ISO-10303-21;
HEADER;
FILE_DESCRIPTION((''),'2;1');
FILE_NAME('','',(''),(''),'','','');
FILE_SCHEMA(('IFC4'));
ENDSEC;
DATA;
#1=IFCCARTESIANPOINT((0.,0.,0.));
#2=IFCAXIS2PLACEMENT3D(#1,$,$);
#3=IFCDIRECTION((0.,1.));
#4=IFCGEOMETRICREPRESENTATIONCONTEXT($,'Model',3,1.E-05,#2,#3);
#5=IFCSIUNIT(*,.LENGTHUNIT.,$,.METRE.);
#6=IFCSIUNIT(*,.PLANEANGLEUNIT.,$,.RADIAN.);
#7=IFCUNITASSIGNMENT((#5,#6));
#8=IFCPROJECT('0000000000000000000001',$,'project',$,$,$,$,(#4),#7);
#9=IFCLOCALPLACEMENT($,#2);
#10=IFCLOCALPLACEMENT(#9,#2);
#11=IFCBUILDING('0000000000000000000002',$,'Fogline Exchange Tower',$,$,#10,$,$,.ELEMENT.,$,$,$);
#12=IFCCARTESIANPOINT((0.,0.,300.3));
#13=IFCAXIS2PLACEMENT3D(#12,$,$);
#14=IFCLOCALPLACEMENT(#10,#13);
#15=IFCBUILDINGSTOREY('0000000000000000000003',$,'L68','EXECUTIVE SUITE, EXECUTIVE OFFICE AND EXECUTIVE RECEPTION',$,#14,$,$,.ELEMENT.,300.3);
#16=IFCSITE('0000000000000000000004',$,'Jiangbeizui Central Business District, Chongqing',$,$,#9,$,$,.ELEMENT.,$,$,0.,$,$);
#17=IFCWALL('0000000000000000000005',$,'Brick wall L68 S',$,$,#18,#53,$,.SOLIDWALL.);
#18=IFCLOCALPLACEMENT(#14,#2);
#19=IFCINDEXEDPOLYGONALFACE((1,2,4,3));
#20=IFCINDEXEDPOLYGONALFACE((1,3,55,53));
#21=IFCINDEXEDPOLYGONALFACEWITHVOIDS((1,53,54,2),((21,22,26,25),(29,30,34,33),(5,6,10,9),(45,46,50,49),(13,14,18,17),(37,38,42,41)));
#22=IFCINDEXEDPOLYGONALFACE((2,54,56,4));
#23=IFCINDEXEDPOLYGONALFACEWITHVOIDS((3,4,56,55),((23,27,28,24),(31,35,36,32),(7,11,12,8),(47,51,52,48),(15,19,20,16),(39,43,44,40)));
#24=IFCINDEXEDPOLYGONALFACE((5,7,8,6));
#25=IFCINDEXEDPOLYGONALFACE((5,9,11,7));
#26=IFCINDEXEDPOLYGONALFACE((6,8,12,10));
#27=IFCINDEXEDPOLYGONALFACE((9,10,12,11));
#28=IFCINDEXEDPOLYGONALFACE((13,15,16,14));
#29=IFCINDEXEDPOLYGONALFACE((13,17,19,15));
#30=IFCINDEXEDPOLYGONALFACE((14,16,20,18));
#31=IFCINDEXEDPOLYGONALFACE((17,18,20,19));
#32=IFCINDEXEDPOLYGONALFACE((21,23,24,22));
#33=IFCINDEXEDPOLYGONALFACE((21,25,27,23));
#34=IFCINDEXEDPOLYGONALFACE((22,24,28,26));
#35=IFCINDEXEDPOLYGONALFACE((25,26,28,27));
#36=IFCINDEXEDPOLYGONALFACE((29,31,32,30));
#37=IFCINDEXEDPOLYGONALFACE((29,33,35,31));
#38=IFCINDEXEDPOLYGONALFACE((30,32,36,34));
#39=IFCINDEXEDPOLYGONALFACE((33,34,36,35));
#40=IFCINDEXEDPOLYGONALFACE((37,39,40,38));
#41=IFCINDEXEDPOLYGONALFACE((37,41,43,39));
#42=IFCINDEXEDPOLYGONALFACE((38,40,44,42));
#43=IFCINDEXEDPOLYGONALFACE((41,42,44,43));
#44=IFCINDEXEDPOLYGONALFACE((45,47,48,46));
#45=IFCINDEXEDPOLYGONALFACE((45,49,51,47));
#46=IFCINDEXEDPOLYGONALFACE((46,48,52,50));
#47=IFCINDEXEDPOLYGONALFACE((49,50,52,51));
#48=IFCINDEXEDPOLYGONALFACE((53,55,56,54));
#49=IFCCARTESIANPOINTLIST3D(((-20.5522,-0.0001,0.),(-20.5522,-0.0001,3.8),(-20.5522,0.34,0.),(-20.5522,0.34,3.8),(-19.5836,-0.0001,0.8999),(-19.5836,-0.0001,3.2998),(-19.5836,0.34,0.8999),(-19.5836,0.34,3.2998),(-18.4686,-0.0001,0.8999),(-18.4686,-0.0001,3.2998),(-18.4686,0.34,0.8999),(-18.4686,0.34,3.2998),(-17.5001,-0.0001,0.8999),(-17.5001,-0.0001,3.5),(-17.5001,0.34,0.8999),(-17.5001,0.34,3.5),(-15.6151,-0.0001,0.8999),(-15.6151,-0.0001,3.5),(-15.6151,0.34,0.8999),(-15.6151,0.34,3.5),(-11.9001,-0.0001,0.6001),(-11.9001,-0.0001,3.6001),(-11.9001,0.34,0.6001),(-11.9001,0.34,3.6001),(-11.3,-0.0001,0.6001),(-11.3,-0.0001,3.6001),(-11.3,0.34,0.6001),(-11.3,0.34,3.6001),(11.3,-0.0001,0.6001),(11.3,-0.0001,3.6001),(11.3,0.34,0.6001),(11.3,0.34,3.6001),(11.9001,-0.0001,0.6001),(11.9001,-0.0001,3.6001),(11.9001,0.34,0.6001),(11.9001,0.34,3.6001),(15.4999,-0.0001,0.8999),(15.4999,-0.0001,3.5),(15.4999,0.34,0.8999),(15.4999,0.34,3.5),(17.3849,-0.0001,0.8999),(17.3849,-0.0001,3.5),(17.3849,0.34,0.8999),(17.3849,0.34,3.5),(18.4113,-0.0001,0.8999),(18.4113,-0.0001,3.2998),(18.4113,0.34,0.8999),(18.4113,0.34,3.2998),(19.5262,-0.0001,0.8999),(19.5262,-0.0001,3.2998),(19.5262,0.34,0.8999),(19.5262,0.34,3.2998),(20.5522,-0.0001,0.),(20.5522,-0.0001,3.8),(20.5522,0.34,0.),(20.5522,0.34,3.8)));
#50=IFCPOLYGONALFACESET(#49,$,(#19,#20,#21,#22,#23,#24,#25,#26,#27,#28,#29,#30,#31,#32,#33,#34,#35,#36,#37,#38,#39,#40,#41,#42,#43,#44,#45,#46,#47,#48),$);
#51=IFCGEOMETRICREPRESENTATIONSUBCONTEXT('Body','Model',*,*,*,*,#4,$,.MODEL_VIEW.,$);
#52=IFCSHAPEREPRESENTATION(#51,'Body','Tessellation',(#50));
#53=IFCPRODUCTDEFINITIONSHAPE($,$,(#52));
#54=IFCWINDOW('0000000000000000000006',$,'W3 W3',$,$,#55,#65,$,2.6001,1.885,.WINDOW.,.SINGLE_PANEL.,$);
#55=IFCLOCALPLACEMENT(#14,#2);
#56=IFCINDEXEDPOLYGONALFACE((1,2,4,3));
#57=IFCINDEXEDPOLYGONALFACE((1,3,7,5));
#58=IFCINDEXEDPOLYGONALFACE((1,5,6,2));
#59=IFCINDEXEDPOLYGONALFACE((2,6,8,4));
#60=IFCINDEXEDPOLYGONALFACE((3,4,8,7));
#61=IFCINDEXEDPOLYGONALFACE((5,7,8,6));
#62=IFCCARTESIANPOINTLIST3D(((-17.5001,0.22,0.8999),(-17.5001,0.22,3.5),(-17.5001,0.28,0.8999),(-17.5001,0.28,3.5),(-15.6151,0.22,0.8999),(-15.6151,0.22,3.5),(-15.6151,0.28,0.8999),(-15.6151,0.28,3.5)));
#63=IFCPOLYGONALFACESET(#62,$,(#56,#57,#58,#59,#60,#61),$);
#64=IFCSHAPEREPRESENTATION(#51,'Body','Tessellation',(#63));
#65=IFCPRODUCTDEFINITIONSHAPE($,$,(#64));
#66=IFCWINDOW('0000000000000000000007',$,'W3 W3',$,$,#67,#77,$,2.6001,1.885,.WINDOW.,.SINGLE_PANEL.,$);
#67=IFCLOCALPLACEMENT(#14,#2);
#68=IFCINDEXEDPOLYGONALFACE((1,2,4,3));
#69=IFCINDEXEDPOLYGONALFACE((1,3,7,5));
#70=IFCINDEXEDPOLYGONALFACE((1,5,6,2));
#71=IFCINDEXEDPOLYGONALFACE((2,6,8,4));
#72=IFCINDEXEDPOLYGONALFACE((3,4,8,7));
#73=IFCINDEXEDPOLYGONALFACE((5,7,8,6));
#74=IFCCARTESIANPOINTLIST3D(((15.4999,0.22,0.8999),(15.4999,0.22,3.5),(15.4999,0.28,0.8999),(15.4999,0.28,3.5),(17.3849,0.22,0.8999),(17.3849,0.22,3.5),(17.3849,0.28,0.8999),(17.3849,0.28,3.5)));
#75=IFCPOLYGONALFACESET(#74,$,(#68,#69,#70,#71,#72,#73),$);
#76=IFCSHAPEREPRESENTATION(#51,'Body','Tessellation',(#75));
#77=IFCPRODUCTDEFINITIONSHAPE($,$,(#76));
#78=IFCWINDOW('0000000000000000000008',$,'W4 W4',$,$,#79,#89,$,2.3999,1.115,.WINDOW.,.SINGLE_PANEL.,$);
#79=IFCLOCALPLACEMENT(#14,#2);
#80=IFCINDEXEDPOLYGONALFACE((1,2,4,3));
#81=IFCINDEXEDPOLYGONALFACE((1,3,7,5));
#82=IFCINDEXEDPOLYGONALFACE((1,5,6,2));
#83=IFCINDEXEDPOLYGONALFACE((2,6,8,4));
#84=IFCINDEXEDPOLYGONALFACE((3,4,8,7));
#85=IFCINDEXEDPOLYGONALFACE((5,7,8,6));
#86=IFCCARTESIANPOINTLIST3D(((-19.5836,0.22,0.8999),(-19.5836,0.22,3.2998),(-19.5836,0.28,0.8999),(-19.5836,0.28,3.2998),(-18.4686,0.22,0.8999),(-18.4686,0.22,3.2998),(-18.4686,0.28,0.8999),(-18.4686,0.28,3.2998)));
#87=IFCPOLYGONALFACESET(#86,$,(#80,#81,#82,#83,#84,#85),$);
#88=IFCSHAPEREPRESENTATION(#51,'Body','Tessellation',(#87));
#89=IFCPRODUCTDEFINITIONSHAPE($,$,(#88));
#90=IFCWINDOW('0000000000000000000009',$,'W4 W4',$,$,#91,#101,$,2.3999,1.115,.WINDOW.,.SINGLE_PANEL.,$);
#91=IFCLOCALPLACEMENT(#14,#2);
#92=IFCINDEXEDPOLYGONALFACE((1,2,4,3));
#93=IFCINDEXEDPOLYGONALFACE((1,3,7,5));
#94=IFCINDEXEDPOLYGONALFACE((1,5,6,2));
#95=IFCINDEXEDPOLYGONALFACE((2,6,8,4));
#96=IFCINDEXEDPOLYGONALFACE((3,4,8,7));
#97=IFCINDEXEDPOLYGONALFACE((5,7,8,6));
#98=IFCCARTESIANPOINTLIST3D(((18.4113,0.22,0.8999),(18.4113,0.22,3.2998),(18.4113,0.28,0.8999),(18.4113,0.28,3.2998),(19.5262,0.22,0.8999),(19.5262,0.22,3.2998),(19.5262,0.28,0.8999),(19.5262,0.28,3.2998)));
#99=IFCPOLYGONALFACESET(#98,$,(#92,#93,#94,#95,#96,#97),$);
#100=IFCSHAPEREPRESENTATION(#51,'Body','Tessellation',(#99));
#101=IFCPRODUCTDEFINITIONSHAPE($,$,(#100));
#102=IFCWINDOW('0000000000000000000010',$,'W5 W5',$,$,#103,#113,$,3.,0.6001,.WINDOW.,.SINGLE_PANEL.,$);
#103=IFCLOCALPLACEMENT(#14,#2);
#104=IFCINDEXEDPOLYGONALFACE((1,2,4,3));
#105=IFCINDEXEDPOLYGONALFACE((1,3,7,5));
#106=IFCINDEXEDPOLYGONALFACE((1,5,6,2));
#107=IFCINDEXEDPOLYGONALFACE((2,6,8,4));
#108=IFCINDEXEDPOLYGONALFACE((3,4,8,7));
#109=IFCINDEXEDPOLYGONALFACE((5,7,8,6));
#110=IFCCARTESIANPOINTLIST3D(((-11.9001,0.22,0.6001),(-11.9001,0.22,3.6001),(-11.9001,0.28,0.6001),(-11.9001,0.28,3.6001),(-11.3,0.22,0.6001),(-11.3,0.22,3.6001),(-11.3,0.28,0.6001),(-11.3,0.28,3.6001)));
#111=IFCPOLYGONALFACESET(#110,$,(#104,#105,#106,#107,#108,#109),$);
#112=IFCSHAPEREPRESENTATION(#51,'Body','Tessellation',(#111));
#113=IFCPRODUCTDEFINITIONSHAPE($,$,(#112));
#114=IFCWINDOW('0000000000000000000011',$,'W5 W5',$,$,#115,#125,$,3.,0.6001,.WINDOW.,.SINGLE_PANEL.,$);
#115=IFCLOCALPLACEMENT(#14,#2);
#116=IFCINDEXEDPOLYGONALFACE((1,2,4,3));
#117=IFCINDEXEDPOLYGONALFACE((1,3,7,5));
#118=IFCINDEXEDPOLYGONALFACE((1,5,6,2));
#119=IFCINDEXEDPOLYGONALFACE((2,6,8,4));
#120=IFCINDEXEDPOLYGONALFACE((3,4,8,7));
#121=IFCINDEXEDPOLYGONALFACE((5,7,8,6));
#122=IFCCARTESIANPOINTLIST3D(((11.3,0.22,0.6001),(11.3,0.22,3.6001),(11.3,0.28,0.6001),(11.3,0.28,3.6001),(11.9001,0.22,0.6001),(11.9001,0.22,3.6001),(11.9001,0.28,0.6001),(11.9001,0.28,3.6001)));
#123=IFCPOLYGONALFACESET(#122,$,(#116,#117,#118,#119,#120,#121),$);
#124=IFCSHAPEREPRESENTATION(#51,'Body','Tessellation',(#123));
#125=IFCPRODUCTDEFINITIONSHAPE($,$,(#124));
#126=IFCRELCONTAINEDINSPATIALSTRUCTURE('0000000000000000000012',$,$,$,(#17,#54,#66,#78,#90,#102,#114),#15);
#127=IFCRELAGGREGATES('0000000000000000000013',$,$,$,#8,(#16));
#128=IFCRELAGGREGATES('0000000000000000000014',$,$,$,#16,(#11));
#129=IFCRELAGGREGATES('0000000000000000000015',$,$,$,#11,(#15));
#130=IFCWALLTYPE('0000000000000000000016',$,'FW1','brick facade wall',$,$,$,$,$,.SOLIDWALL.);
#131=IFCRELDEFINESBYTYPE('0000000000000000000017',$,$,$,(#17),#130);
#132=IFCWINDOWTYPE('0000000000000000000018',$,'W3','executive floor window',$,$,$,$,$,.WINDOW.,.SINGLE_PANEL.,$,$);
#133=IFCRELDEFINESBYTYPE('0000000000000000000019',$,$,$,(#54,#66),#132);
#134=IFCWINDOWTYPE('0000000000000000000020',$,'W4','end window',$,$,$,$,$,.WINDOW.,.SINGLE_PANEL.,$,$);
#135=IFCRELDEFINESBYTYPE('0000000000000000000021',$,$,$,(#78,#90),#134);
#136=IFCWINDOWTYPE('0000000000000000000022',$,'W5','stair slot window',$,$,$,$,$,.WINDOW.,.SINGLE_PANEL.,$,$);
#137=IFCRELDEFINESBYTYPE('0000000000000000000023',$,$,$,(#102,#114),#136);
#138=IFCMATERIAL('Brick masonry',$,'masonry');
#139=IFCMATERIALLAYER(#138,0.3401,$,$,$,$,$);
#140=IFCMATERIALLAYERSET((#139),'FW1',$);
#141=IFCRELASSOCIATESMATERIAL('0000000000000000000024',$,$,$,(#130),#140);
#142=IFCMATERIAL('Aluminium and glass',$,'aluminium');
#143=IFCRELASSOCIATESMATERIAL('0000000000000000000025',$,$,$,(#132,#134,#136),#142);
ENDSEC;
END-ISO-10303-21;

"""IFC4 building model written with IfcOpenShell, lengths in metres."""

from ifc_helpers import new_model, si_unit, direction, frame, frame_2d, origin, place, context, subcontext, project, spatial, rectangle, extrude, material, layer, layer_set, type_object, element, fill, save


model = new_model("IFC4")

# Units and contexts
model_context = context("Model", 3, precision=1e-05, world=origin(), true_north=direction((0.0, 1.0)))
body_context = subcontext(model_context, "Body", "Model", "MODEL_VIEW")
ifc_project = project(units=[si_unit("LENGTHUNIT", "METRE"), si_unit("PLANEANGLEUNIT", "RADIAN")], contexts=[model_context])

# Site, building, storey
site_placement = place(None, origin())
site = spatial("IfcSite", under=ifc_project, at=site_placement, Name="Jiangbeizui Central Business District, Chongqing", CompositionType="ELEMENT", RefElevation=0.0)
building_placement = place(site_placement, origin())
building = spatial("IfcBuilding", under=site, at=building_placement, Name="Fogline Exchange Tower", CompositionType="ELEMENT")
storey_placement = place(building_placement, frame((0.0, 0.0, 300.3)))
storey = spatial("IfcBuildingStorey", under=building, at=storey_placement, Name="L68", Description="EXECUTIVE SUITE, EXECUTIVE OFFICE AND EXECUTIVE RECEPTION", CompositionType="ELEMENT", Elevation=300.3)

# Shared definitions
ifc_material_1 = material(Name="Brick masonry", Category="masonry")
ifc_layer = layer(ifc_material_1, 0.3401)
ifc_layer_set = layer_set([ifc_layer], Name="FW1")
wall_type = type_object("IfcWallType", Name="FW1", Description="brick facade wall", PredefinedType="SOLIDWALL", material=ifc_layer_set)
ifc_material_2 = material(Name="Aluminium and glass", Category="aluminium")

# Wall, openings, windows
wall_1_placement = place(storey_placement, frame((-20.5522, 0.1699, 0.0), z_axis=(0.0, 0.0, 1.0), x_axis=(1.0, 0.0, 0.0)))
wall_1 = element("IfcWall", 1, at=wall_1_placement, inside=storey, type_object=wall_type, Name="Brick wall L68 S", PredefinedType="SOLIDWALL", context=body_context, shape_type="SweptSolid", body=[
    extrude(rectangle(XDim=41.1045, YDim=0.3401, at=frame_2d((20.5522, 0.0))), origin(), (0.0, 0.0, 1.0), 3.8),
])
opening_1_placement = place(wall_1_placement, frame((3.0522, 0.0, 0.8999)))
opening_1 = element("IfcOpeningElement", 2, at=opening_1_placement, cuts=wall_1, PredefinedType="OPENING", context=body_context, shape_type="SweptSolid", body=[
    extrude(rectangle(XDim=1.885, YDim=2.6001, at=frame_2d((0.9424, 1.3))), frame((0.0, 0.1802, 0.0), z_axis=(0.0, -1.0, 0.0), x_axis=(1.0, 0.0, 0.0)), (0.0, 0.0, 1.0), 0.3601),
])
opening_2_placement = place(wall_1_placement, frame((36.0522, 0.0, 0.8999)))
opening_2 = element("IfcOpeningElement", 3, at=opening_2_placement, cuts=wall_1, PredefinedType="OPENING", context=body_context, shape_type="SweptSolid", body=[
    extrude(rectangle(XDim=1.885, YDim=2.6001, at=frame_2d((0.9424, 1.3))), frame((0.0, 0.1802, 0.0), z_axis=(0.0, -1.0, 0.0), x_axis=(1.0, 0.0, 0.0)), (0.0, 0.0, 1.0), 0.3601),
])
opening_3_placement = place(wall_1_placement, frame((0.9685, 0.0, 0.8999)))
opening_3 = element("IfcOpeningElement", 4, at=opening_3_placement, cuts=wall_1, PredefinedType="OPENING", context=body_context, shape_type="SweptSolid", body=[
    extrude(rectangle(XDim=1.115, YDim=2.3999, at=frame_2d((0.5576, 1.2))), frame((0.0, 0.1802, 0.0), z_axis=(0.0, -1.0, 0.0), x_axis=(1.0, 0.0, 0.0)), (0.0, 0.0, 1.0), 0.3601),
])
opening_4_placement = place(wall_1_placement, frame((38.9634, 0.0, 0.8999)))
opening_4 = element("IfcOpeningElement", 5, at=opening_4_placement, cuts=wall_1, PredefinedType="OPENING", context=body_context, shape_type="SweptSolid", body=[
    extrude(rectangle(XDim=1.115, YDim=2.3999, at=frame_2d((0.5576, 1.2))), frame((0.0, 0.1802, 0.0), z_axis=(0.0, -1.0, 0.0), x_axis=(1.0, 0.0, 0.0)), (0.0, 0.0, 1.0), 0.3601),
])
opening_5_placement = place(wall_1_placement, frame((8.6521, 0.0, 0.6001)))
opening_5 = element("IfcOpeningElement", 6, at=opening_5_placement, cuts=wall_1, PredefinedType="OPENING", context=body_context, shape_type="SweptSolid", body=[
    extrude(rectangle(XDim=0.6001, YDim=3.0, at=frame_2d((0.3, 1.5))), frame((0.0, 0.1802, 0.0), z_axis=(0.0, -1.0, 0.0), x_axis=(1.0, 0.0, 0.0)), (0.0, 0.0, 1.0), 0.3601),
])
opening_6_placement = place(wall_1_placement, frame((31.8523, 0.0, 0.6001)))
opening_6 = element("IfcOpeningElement", 7, at=opening_6_placement, cuts=wall_1, PredefinedType="OPENING", context=body_context, shape_type="SweptSolid", body=[
    extrude(rectangle(XDim=0.6001, YDim=3.0, at=frame_2d((0.3, 1.5))), frame((0.0, 0.1802, 0.0), z_axis=(0.0, -1.0, 0.0), x_axis=(1.0, 0.0, 0.0)), (0.0, 0.0, 1.0), 0.3601),
])
window_type_1 = type_object("IfcWindowType", Name="W3", Description="executive floor window", PartitioningType="SINGLE_PANEL", PredefinedType="WINDOW", material=ifc_material_2)
window_1_placement = place(opening_1_placement, origin())
window_1 = element("IfcWindow", 8, at=window_1_placement, inside=storey, type_object=window_type_1, Name="W3 W3", OverallHeight=2.6001, OverallWidth=1.885, PartitioningType="SINGLE_PANEL", PredefinedType="WINDOW", context=body_context, shape_type="SweptSolid", body=[
    extrude(rectangle(XDim=1.885, YDim=2.6001, at=frame_2d((0.9424, 1.3))), frame((0.0, 0.1101, 0.0), z_axis=(0.0, -1.0, 0.0), x_axis=(1.0, 0.0, 0.0)), (0.0, 0.0, 1.0), 0.0601),
])
fill(opening_1, window_1)
window_2_placement = place(opening_2_placement, origin())
window_2 = element("IfcWindow", 9, at=window_2_placement, inside=storey, type_object=window_type_1, Name="W3 W3", OverallHeight=2.6001, OverallWidth=1.885, PartitioningType="SINGLE_PANEL", PredefinedType="WINDOW", context=body_context, shape_type="SweptSolid", body=[
    extrude(rectangle(XDim=1.885, YDim=2.6001, at=frame_2d((0.9424, 1.3))), frame((0.0, 0.1101, 0.0), z_axis=(0.0, -1.0, 0.0), x_axis=(1.0, 0.0, 0.0)), (0.0, 0.0, 1.0), 0.0601),
])
fill(opening_2, window_2)
window_type_2 = type_object("IfcWindowType", Name="W4", Description="end window", PartitioningType="SINGLE_PANEL", PredefinedType="WINDOW", material=ifc_material_2)
window_3_placement = place(opening_3_placement, origin())
window_3 = element("IfcWindow", 10, at=window_3_placement, inside=storey, type_object=window_type_2, Name="W4 W4", OverallHeight=2.3999, OverallWidth=1.115, PartitioningType="SINGLE_PANEL", PredefinedType="WINDOW", context=body_context, shape_type="SweptSolid", body=[
    extrude(rectangle(XDim=1.115, YDim=2.3999, at=frame_2d((0.5576, 1.2))), frame((0.0, 0.1101, 0.0), z_axis=(0.0, -1.0, 0.0), x_axis=(1.0, 0.0, 0.0)), (0.0, 0.0, 1.0), 0.0601),
])
fill(opening_3, window_3)
window_4_placement = place(opening_4_placement, origin())
window_4 = element("IfcWindow", 11, at=window_4_placement, inside=storey, type_object=window_type_2, Name="W4 W4", OverallHeight=2.3999, OverallWidth=1.115, PartitioningType="SINGLE_PANEL", PredefinedType="WINDOW", context=body_context, shape_type="SweptSolid", body=[
    extrude(rectangle(XDim=1.115, YDim=2.3999, at=frame_2d((0.5576, 1.2))), frame((0.0, 0.1101, 0.0), z_axis=(0.0, -1.0, 0.0), x_axis=(1.0, 0.0, 0.0)), (0.0, 0.0, 1.0), 0.0601),
])
fill(opening_4, window_4)
window_type_3 = type_object("IfcWindowType", Name="W5", Description="stair slot window", PartitioningType="SINGLE_PANEL", PredefinedType="WINDOW", material=ifc_material_2)
window_5_placement = place(opening_5_placement, origin())
window_5 = element("IfcWindow", 12, at=window_5_placement, inside=storey, type_object=window_type_3, Name="W5 W5", OverallHeight=3.0, OverallWidth=0.6001, PartitioningType="SINGLE_PANEL", PredefinedType="WINDOW", context=body_context, shape_type="SweptSolid", body=[
    extrude(rectangle(XDim=0.6001, YDim=3.0, at=frame_2d((0.3, 1.5))), frame((0.0, 0.1101, 0.0), z_axis=(0.0, -1.0, 0.0), x_axis=(1.0, 0.0, 0.0)), (0.0, 0.0, 1.0), 0.0601),
])
fill(opening_5, window_5)
window_6_placement = place(opening_6_placement, origin())
window_6 = element("IfcWindow", 13, at=window_6_placement, inside=storey, type_object=window_type_3, Name="W5 W5", OverallHeight=3.0, OverallWidth=0.6001, PartitioningType="SINGLE_PANEL", PredefinedType="WINDOW", context=body_context, shape_type="SweptSolid", body=[
    extrude(rectangle(XDim=0.6001, YDim=3.0, at=frame_2d((0.3, 1.5))), frame((0.0, 0.1101, 0.0), z_axis=(0.0, -1.0, 0.0), x_axis=(1.0, 0.0, 0.0)), (0.0, 0.0, 1.0), 0.0601),
])
fill(opening_6, window_6)

save(model, "model.ifc")
